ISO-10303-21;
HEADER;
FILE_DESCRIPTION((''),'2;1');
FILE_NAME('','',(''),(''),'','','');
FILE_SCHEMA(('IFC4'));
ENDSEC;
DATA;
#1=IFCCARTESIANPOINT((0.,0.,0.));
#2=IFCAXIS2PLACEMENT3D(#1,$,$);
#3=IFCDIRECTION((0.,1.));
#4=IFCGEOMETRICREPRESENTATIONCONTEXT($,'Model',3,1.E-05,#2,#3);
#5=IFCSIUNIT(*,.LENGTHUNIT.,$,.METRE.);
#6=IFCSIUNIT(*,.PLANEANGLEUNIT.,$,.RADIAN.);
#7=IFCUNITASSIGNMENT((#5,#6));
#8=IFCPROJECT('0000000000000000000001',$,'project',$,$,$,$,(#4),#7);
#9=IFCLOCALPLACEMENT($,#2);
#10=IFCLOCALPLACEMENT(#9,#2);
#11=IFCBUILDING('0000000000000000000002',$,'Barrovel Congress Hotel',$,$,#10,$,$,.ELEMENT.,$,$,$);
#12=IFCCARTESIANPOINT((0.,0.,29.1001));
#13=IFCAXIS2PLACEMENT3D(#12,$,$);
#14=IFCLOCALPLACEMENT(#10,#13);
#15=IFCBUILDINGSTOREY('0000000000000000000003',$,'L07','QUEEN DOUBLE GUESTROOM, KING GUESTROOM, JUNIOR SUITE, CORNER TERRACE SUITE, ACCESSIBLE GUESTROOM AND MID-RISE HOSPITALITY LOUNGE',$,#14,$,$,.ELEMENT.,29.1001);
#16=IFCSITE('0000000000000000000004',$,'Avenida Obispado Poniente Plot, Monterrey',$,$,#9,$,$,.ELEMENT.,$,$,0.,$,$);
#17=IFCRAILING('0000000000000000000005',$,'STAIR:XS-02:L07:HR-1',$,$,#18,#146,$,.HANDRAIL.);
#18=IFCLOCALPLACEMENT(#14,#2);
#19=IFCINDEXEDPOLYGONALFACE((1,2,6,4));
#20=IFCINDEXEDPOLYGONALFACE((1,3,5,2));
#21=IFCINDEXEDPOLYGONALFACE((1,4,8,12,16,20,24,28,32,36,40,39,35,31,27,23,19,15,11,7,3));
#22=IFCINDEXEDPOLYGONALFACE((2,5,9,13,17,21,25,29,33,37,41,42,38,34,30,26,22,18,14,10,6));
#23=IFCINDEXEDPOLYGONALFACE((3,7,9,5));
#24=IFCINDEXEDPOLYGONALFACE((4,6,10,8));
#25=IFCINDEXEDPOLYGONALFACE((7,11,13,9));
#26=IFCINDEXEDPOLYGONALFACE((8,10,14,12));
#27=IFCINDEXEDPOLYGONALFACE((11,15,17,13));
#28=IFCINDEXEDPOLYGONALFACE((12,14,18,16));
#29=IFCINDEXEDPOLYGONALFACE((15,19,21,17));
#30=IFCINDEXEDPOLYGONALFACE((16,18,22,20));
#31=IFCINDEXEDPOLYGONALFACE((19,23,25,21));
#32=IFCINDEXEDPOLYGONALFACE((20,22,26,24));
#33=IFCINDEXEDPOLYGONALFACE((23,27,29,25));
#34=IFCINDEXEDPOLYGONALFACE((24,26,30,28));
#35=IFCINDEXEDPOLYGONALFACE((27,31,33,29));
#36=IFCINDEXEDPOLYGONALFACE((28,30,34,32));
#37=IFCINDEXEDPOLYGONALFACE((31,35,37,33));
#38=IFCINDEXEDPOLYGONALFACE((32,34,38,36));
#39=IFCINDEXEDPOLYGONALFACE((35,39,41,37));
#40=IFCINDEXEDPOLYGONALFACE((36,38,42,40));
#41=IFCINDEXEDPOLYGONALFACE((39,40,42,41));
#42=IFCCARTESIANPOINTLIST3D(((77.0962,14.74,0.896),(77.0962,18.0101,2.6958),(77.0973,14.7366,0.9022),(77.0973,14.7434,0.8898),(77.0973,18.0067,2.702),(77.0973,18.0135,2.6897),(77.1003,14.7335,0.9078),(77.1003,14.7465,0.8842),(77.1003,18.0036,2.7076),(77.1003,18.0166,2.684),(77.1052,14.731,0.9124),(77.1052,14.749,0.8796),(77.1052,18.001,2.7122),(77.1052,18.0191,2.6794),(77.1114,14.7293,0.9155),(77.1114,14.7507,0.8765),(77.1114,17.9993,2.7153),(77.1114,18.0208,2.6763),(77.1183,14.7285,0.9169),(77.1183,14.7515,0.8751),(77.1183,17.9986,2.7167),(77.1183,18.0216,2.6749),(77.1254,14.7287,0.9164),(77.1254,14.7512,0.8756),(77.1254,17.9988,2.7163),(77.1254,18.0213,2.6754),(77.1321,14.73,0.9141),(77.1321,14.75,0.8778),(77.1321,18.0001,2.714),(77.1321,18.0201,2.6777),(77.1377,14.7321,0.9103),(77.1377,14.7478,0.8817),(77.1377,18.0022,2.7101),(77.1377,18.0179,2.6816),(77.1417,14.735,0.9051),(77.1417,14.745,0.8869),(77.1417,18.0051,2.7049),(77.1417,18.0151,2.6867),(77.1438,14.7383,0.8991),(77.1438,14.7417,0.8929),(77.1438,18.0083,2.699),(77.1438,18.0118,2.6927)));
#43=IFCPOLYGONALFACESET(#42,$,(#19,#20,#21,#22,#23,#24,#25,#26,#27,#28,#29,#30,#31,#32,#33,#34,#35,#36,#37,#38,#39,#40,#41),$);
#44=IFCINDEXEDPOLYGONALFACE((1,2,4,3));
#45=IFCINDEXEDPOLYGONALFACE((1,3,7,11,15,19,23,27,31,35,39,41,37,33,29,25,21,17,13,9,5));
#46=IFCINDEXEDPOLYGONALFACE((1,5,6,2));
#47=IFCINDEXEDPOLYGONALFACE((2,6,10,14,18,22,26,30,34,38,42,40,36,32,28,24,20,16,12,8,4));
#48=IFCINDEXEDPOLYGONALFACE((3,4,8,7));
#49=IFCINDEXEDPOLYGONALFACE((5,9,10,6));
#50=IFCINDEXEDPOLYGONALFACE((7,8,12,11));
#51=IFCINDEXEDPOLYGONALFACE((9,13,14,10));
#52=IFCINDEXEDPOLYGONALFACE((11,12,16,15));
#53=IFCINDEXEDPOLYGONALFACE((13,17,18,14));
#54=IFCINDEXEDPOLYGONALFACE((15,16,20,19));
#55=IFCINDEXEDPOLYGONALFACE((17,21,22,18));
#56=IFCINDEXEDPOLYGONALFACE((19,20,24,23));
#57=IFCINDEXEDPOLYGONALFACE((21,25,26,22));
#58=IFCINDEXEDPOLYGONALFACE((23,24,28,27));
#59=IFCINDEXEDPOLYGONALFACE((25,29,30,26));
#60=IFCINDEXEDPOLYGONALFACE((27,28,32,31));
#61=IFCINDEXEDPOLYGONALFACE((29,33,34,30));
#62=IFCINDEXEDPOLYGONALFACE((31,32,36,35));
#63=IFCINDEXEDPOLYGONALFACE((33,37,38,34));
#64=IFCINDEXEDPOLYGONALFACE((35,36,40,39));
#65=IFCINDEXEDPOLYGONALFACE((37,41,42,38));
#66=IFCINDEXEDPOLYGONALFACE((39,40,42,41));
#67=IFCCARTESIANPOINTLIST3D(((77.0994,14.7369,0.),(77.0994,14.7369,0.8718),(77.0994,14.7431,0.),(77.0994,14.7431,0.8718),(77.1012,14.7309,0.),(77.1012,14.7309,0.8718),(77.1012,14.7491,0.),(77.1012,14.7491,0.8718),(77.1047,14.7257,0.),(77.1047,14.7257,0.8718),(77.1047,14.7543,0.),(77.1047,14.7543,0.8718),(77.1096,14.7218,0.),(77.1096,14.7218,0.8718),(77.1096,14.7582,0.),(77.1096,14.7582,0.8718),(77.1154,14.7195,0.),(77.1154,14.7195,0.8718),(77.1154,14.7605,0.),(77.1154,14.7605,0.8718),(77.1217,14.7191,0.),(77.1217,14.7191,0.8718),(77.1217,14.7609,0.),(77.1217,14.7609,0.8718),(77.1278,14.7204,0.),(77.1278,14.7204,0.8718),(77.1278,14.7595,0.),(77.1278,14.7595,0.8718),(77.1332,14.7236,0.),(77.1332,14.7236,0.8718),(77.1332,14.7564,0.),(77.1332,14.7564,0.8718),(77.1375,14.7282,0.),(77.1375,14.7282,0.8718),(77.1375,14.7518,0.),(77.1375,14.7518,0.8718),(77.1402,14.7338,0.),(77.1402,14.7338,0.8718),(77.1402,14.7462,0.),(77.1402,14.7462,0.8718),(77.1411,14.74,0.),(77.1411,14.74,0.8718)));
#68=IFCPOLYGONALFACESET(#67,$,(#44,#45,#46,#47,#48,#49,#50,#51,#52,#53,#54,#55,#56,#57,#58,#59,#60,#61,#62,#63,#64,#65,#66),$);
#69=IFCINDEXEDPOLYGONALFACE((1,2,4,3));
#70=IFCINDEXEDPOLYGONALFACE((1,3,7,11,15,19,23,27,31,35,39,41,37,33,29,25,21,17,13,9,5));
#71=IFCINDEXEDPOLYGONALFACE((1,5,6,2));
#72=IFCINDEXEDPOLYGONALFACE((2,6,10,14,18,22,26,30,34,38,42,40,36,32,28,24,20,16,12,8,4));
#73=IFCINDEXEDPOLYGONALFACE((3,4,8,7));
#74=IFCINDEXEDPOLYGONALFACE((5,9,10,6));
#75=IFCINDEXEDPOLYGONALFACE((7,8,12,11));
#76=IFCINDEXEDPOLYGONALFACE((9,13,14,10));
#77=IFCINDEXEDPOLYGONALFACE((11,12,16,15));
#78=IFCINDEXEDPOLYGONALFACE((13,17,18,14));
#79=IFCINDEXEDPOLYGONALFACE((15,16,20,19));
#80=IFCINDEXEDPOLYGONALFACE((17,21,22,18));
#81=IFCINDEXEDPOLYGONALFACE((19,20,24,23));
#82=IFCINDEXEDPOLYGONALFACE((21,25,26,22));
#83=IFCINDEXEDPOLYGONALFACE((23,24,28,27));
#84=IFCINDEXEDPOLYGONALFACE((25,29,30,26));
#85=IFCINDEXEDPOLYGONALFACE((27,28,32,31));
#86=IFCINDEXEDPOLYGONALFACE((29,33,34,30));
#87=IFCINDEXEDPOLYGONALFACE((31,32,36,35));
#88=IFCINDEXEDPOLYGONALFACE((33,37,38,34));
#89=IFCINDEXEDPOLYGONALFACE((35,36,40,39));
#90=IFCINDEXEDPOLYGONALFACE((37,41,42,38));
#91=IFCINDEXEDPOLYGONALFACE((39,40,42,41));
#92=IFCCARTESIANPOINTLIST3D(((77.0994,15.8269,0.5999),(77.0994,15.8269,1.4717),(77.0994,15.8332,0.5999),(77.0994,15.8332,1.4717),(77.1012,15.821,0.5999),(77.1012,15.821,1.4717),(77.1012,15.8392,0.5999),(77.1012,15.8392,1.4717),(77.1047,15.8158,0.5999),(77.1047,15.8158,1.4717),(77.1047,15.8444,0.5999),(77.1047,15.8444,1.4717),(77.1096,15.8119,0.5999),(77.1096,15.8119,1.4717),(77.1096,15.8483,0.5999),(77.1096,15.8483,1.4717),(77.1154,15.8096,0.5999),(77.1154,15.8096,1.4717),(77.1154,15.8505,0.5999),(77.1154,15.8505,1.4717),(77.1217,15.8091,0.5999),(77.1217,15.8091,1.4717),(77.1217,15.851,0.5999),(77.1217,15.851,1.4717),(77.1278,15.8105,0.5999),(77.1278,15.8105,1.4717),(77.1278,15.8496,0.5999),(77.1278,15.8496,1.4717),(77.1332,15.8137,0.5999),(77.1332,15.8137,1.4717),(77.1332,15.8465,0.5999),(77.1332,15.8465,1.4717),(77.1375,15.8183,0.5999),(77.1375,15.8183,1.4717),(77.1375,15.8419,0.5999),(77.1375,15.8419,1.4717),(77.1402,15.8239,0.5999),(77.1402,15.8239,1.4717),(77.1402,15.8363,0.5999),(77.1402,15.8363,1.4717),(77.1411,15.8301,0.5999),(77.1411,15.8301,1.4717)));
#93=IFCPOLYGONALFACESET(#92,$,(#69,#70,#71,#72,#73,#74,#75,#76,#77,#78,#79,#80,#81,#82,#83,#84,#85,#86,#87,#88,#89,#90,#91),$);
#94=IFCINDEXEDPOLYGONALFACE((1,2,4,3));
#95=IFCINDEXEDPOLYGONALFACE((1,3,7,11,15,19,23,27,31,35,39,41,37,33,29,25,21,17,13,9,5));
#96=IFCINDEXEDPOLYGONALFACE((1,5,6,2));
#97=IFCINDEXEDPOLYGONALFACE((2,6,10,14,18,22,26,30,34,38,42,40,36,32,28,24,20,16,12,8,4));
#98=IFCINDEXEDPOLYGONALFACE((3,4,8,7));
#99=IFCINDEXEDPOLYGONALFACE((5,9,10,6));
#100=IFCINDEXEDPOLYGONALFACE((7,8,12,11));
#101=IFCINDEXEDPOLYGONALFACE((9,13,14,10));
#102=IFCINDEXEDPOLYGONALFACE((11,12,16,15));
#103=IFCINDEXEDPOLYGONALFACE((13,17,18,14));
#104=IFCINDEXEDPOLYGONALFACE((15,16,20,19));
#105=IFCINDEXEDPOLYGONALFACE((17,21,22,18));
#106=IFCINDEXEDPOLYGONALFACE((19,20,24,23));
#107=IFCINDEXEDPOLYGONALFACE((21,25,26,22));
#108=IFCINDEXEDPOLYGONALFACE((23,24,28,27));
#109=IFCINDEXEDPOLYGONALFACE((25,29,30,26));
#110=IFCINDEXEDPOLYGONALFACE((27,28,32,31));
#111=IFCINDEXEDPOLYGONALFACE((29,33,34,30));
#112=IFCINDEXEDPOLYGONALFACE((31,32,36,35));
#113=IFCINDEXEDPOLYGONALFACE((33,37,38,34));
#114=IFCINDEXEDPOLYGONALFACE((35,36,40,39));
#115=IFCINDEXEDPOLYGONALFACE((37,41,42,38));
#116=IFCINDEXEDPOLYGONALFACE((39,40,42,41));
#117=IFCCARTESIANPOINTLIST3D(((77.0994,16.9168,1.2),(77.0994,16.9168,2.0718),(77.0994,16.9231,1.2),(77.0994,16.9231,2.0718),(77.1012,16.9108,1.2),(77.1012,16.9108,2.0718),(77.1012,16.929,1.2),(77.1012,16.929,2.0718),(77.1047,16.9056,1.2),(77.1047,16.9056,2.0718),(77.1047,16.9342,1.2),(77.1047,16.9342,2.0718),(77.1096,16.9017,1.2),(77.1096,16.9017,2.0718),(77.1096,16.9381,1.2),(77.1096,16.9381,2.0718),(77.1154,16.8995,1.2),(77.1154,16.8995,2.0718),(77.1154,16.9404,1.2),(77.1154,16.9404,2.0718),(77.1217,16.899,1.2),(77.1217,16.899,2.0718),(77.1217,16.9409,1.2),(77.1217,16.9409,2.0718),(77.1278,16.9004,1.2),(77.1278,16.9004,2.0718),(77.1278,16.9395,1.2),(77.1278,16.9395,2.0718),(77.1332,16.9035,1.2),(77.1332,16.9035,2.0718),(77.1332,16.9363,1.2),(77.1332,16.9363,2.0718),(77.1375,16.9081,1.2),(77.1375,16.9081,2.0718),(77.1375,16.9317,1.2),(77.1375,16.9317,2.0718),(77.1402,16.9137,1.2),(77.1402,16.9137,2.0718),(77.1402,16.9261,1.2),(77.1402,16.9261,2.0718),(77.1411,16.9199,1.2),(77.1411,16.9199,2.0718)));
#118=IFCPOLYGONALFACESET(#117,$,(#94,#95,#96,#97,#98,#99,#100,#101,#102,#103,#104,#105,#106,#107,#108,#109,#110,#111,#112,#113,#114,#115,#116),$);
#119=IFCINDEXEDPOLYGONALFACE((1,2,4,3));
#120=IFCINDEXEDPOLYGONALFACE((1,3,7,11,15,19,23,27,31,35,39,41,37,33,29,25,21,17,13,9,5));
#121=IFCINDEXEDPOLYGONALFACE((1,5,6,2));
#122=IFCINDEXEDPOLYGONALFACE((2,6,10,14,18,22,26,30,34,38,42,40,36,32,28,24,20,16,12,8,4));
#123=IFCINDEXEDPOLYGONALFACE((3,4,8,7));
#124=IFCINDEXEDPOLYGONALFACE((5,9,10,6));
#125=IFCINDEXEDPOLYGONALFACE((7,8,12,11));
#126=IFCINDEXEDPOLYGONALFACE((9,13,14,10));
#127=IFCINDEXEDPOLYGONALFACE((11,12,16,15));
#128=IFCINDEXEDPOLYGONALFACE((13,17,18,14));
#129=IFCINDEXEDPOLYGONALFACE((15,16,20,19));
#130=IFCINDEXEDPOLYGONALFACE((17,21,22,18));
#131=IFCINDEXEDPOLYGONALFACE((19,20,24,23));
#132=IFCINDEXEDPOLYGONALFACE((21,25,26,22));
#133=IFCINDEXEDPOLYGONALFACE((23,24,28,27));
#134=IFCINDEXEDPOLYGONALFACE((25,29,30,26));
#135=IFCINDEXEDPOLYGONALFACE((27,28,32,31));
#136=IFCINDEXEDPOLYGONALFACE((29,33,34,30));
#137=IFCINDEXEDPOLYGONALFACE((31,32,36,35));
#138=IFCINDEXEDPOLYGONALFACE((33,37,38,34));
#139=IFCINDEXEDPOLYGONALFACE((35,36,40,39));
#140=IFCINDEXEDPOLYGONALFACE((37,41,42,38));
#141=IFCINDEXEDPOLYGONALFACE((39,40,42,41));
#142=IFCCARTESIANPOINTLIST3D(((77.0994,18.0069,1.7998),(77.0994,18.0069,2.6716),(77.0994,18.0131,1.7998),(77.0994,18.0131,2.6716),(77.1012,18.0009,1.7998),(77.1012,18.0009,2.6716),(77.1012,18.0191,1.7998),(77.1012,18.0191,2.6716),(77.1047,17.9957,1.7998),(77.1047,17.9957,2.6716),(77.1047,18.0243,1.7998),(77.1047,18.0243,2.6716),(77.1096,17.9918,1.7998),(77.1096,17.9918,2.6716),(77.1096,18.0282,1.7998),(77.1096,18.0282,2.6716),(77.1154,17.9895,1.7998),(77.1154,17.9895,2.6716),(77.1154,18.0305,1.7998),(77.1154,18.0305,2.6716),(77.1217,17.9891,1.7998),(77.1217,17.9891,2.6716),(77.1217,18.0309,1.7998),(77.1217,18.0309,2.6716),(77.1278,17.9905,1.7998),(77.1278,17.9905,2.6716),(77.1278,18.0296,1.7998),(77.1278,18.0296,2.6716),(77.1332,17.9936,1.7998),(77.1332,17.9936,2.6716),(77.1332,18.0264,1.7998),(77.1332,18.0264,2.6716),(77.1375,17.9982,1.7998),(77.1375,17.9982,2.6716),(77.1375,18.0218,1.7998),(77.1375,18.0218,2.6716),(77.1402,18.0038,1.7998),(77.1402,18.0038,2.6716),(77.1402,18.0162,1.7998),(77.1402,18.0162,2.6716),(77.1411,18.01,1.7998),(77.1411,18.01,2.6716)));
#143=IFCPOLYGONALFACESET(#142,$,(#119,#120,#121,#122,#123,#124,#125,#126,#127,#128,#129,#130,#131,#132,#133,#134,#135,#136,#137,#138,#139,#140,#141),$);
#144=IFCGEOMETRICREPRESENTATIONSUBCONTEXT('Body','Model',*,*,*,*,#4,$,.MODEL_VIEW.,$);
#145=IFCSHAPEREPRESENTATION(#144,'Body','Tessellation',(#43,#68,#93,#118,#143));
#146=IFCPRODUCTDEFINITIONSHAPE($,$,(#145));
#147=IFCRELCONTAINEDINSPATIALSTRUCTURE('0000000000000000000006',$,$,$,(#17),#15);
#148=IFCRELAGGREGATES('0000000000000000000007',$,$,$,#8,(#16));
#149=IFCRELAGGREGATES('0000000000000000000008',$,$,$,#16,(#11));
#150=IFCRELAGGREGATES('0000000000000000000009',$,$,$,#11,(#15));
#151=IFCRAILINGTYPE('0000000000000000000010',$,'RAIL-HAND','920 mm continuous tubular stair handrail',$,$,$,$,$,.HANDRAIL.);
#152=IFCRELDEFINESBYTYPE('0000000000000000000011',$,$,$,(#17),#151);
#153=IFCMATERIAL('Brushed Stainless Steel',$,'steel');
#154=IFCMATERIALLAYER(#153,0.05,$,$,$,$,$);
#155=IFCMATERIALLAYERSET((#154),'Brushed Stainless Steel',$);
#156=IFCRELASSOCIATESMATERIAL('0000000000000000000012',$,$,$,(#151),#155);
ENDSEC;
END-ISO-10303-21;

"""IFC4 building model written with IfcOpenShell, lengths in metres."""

from ifc_helpers import new_model, si_unit, direction, frame, origin, origin_2d, place, context, subcontext, project, spatial, circle, extrude, material, layer, layer_set, type_object, element, save


model = new_model("IFC4")

# Units and contexts
model_context = context("Model", 3, precision=1e-05, world=origin(), true_north=direction((0.0, 1.0)))
body_context = subcontext(model_context, "Body", "Model", "MODEL_VIEW")
ifc_project = project(units=[si_unit("LENGTHUNIT", "METRE"), si_unit("PLANEANGLEUNIT", "RADIAN")], contexts=[model_context])

# Site, building, storey
site_placement = place(None, origin())
site = spatial("IfcSite", under=ifc_project, at=site_placement, Name="Avenida Obispado Poniente Plot, Monterrey", CompositionType="ELEMENT", RefElevation=0.0)
building_placement = place(site_placement, origin())
building = spatial("IfcBuilding", under=site, at=building_placement, Name="Barrovel Congress Hotel", CompositionType="ELEMENT")
storey_placement = place(building_placement, frame((0.0, 0.0, 29.1001)))
storey = spatial("IfcBuildingStorey", under=building, at=storey_placement, Name="L07", Description="QUEEN DOUBLE GUESTROOM, KING GUESTROOM, JUNIOR SUITE, CORNER TERRACE SUITE, ACCESSIBLE GUESTROOM AND MID-RISE HOSPITALITY LOUNGE", CompositionType="ELEMENT", Elevation=29.1001)

# Shared definitions
ifc_material_1 = material(Name="Brushed Stainless Steel", Category="steel")

# Railing
ifc_layer_1 = layer(ifc_material_1, 0.05)
ifc_layer_set_1 = layer_set([ifc_layer_1], Name="Brushed Stainless Steel")
railing_type = type_object("IfcRailingType", Name="RAIL-HAND", Description="920 mm continuous tubular stair handrail", PredefinedType="HANDRAIL", material=ifc_layer_set_1)
railing_placement = place(storey_placement, frame((77.1201, 14.74, 0.0)))
element("IfcRailing", 1, at=railing_placement, inside=storey, type_object=railing_type, Name="STAIR:XS-02:L07:HR-1", PredefinedType="HANDRAIL", context=body_context, shape_type="SweptSolid", body=[
    extrude(circle(Radius=0.0239, at=origin_2d()), frame((0.0, 0.0, 0.896), z_axis=(0.0, 0.876069, 0.482185), x_axis=(-1.0, 0.0, 0.0)), (0.0, 0.0, 1.0), 3.7327),
    extrude(circle(Radius=0.021, at=origin_2d()), origin(), (0.0, 0.0, 1.0), 0.8718),
    extrude(circle(Radius=0.021, at=origin_2d()), frame((0.0, 1.0901, 0.5999)), (0.0, 0.0, 1.0), 0.8718),
    extrude(circle(Radius=0.021, at=origin_2d()), frame((0.0, 2.1799, 1.2)), (0.0, 0.0, 1.0), 0.8718),
    extrude(circle(Radius=0.021, at=origin_2d()), frame((0.0, 3.27, 1.7998)), (0.0, 0.0, 1.0), 0.8718),
])

save(model, "model.ifc")
